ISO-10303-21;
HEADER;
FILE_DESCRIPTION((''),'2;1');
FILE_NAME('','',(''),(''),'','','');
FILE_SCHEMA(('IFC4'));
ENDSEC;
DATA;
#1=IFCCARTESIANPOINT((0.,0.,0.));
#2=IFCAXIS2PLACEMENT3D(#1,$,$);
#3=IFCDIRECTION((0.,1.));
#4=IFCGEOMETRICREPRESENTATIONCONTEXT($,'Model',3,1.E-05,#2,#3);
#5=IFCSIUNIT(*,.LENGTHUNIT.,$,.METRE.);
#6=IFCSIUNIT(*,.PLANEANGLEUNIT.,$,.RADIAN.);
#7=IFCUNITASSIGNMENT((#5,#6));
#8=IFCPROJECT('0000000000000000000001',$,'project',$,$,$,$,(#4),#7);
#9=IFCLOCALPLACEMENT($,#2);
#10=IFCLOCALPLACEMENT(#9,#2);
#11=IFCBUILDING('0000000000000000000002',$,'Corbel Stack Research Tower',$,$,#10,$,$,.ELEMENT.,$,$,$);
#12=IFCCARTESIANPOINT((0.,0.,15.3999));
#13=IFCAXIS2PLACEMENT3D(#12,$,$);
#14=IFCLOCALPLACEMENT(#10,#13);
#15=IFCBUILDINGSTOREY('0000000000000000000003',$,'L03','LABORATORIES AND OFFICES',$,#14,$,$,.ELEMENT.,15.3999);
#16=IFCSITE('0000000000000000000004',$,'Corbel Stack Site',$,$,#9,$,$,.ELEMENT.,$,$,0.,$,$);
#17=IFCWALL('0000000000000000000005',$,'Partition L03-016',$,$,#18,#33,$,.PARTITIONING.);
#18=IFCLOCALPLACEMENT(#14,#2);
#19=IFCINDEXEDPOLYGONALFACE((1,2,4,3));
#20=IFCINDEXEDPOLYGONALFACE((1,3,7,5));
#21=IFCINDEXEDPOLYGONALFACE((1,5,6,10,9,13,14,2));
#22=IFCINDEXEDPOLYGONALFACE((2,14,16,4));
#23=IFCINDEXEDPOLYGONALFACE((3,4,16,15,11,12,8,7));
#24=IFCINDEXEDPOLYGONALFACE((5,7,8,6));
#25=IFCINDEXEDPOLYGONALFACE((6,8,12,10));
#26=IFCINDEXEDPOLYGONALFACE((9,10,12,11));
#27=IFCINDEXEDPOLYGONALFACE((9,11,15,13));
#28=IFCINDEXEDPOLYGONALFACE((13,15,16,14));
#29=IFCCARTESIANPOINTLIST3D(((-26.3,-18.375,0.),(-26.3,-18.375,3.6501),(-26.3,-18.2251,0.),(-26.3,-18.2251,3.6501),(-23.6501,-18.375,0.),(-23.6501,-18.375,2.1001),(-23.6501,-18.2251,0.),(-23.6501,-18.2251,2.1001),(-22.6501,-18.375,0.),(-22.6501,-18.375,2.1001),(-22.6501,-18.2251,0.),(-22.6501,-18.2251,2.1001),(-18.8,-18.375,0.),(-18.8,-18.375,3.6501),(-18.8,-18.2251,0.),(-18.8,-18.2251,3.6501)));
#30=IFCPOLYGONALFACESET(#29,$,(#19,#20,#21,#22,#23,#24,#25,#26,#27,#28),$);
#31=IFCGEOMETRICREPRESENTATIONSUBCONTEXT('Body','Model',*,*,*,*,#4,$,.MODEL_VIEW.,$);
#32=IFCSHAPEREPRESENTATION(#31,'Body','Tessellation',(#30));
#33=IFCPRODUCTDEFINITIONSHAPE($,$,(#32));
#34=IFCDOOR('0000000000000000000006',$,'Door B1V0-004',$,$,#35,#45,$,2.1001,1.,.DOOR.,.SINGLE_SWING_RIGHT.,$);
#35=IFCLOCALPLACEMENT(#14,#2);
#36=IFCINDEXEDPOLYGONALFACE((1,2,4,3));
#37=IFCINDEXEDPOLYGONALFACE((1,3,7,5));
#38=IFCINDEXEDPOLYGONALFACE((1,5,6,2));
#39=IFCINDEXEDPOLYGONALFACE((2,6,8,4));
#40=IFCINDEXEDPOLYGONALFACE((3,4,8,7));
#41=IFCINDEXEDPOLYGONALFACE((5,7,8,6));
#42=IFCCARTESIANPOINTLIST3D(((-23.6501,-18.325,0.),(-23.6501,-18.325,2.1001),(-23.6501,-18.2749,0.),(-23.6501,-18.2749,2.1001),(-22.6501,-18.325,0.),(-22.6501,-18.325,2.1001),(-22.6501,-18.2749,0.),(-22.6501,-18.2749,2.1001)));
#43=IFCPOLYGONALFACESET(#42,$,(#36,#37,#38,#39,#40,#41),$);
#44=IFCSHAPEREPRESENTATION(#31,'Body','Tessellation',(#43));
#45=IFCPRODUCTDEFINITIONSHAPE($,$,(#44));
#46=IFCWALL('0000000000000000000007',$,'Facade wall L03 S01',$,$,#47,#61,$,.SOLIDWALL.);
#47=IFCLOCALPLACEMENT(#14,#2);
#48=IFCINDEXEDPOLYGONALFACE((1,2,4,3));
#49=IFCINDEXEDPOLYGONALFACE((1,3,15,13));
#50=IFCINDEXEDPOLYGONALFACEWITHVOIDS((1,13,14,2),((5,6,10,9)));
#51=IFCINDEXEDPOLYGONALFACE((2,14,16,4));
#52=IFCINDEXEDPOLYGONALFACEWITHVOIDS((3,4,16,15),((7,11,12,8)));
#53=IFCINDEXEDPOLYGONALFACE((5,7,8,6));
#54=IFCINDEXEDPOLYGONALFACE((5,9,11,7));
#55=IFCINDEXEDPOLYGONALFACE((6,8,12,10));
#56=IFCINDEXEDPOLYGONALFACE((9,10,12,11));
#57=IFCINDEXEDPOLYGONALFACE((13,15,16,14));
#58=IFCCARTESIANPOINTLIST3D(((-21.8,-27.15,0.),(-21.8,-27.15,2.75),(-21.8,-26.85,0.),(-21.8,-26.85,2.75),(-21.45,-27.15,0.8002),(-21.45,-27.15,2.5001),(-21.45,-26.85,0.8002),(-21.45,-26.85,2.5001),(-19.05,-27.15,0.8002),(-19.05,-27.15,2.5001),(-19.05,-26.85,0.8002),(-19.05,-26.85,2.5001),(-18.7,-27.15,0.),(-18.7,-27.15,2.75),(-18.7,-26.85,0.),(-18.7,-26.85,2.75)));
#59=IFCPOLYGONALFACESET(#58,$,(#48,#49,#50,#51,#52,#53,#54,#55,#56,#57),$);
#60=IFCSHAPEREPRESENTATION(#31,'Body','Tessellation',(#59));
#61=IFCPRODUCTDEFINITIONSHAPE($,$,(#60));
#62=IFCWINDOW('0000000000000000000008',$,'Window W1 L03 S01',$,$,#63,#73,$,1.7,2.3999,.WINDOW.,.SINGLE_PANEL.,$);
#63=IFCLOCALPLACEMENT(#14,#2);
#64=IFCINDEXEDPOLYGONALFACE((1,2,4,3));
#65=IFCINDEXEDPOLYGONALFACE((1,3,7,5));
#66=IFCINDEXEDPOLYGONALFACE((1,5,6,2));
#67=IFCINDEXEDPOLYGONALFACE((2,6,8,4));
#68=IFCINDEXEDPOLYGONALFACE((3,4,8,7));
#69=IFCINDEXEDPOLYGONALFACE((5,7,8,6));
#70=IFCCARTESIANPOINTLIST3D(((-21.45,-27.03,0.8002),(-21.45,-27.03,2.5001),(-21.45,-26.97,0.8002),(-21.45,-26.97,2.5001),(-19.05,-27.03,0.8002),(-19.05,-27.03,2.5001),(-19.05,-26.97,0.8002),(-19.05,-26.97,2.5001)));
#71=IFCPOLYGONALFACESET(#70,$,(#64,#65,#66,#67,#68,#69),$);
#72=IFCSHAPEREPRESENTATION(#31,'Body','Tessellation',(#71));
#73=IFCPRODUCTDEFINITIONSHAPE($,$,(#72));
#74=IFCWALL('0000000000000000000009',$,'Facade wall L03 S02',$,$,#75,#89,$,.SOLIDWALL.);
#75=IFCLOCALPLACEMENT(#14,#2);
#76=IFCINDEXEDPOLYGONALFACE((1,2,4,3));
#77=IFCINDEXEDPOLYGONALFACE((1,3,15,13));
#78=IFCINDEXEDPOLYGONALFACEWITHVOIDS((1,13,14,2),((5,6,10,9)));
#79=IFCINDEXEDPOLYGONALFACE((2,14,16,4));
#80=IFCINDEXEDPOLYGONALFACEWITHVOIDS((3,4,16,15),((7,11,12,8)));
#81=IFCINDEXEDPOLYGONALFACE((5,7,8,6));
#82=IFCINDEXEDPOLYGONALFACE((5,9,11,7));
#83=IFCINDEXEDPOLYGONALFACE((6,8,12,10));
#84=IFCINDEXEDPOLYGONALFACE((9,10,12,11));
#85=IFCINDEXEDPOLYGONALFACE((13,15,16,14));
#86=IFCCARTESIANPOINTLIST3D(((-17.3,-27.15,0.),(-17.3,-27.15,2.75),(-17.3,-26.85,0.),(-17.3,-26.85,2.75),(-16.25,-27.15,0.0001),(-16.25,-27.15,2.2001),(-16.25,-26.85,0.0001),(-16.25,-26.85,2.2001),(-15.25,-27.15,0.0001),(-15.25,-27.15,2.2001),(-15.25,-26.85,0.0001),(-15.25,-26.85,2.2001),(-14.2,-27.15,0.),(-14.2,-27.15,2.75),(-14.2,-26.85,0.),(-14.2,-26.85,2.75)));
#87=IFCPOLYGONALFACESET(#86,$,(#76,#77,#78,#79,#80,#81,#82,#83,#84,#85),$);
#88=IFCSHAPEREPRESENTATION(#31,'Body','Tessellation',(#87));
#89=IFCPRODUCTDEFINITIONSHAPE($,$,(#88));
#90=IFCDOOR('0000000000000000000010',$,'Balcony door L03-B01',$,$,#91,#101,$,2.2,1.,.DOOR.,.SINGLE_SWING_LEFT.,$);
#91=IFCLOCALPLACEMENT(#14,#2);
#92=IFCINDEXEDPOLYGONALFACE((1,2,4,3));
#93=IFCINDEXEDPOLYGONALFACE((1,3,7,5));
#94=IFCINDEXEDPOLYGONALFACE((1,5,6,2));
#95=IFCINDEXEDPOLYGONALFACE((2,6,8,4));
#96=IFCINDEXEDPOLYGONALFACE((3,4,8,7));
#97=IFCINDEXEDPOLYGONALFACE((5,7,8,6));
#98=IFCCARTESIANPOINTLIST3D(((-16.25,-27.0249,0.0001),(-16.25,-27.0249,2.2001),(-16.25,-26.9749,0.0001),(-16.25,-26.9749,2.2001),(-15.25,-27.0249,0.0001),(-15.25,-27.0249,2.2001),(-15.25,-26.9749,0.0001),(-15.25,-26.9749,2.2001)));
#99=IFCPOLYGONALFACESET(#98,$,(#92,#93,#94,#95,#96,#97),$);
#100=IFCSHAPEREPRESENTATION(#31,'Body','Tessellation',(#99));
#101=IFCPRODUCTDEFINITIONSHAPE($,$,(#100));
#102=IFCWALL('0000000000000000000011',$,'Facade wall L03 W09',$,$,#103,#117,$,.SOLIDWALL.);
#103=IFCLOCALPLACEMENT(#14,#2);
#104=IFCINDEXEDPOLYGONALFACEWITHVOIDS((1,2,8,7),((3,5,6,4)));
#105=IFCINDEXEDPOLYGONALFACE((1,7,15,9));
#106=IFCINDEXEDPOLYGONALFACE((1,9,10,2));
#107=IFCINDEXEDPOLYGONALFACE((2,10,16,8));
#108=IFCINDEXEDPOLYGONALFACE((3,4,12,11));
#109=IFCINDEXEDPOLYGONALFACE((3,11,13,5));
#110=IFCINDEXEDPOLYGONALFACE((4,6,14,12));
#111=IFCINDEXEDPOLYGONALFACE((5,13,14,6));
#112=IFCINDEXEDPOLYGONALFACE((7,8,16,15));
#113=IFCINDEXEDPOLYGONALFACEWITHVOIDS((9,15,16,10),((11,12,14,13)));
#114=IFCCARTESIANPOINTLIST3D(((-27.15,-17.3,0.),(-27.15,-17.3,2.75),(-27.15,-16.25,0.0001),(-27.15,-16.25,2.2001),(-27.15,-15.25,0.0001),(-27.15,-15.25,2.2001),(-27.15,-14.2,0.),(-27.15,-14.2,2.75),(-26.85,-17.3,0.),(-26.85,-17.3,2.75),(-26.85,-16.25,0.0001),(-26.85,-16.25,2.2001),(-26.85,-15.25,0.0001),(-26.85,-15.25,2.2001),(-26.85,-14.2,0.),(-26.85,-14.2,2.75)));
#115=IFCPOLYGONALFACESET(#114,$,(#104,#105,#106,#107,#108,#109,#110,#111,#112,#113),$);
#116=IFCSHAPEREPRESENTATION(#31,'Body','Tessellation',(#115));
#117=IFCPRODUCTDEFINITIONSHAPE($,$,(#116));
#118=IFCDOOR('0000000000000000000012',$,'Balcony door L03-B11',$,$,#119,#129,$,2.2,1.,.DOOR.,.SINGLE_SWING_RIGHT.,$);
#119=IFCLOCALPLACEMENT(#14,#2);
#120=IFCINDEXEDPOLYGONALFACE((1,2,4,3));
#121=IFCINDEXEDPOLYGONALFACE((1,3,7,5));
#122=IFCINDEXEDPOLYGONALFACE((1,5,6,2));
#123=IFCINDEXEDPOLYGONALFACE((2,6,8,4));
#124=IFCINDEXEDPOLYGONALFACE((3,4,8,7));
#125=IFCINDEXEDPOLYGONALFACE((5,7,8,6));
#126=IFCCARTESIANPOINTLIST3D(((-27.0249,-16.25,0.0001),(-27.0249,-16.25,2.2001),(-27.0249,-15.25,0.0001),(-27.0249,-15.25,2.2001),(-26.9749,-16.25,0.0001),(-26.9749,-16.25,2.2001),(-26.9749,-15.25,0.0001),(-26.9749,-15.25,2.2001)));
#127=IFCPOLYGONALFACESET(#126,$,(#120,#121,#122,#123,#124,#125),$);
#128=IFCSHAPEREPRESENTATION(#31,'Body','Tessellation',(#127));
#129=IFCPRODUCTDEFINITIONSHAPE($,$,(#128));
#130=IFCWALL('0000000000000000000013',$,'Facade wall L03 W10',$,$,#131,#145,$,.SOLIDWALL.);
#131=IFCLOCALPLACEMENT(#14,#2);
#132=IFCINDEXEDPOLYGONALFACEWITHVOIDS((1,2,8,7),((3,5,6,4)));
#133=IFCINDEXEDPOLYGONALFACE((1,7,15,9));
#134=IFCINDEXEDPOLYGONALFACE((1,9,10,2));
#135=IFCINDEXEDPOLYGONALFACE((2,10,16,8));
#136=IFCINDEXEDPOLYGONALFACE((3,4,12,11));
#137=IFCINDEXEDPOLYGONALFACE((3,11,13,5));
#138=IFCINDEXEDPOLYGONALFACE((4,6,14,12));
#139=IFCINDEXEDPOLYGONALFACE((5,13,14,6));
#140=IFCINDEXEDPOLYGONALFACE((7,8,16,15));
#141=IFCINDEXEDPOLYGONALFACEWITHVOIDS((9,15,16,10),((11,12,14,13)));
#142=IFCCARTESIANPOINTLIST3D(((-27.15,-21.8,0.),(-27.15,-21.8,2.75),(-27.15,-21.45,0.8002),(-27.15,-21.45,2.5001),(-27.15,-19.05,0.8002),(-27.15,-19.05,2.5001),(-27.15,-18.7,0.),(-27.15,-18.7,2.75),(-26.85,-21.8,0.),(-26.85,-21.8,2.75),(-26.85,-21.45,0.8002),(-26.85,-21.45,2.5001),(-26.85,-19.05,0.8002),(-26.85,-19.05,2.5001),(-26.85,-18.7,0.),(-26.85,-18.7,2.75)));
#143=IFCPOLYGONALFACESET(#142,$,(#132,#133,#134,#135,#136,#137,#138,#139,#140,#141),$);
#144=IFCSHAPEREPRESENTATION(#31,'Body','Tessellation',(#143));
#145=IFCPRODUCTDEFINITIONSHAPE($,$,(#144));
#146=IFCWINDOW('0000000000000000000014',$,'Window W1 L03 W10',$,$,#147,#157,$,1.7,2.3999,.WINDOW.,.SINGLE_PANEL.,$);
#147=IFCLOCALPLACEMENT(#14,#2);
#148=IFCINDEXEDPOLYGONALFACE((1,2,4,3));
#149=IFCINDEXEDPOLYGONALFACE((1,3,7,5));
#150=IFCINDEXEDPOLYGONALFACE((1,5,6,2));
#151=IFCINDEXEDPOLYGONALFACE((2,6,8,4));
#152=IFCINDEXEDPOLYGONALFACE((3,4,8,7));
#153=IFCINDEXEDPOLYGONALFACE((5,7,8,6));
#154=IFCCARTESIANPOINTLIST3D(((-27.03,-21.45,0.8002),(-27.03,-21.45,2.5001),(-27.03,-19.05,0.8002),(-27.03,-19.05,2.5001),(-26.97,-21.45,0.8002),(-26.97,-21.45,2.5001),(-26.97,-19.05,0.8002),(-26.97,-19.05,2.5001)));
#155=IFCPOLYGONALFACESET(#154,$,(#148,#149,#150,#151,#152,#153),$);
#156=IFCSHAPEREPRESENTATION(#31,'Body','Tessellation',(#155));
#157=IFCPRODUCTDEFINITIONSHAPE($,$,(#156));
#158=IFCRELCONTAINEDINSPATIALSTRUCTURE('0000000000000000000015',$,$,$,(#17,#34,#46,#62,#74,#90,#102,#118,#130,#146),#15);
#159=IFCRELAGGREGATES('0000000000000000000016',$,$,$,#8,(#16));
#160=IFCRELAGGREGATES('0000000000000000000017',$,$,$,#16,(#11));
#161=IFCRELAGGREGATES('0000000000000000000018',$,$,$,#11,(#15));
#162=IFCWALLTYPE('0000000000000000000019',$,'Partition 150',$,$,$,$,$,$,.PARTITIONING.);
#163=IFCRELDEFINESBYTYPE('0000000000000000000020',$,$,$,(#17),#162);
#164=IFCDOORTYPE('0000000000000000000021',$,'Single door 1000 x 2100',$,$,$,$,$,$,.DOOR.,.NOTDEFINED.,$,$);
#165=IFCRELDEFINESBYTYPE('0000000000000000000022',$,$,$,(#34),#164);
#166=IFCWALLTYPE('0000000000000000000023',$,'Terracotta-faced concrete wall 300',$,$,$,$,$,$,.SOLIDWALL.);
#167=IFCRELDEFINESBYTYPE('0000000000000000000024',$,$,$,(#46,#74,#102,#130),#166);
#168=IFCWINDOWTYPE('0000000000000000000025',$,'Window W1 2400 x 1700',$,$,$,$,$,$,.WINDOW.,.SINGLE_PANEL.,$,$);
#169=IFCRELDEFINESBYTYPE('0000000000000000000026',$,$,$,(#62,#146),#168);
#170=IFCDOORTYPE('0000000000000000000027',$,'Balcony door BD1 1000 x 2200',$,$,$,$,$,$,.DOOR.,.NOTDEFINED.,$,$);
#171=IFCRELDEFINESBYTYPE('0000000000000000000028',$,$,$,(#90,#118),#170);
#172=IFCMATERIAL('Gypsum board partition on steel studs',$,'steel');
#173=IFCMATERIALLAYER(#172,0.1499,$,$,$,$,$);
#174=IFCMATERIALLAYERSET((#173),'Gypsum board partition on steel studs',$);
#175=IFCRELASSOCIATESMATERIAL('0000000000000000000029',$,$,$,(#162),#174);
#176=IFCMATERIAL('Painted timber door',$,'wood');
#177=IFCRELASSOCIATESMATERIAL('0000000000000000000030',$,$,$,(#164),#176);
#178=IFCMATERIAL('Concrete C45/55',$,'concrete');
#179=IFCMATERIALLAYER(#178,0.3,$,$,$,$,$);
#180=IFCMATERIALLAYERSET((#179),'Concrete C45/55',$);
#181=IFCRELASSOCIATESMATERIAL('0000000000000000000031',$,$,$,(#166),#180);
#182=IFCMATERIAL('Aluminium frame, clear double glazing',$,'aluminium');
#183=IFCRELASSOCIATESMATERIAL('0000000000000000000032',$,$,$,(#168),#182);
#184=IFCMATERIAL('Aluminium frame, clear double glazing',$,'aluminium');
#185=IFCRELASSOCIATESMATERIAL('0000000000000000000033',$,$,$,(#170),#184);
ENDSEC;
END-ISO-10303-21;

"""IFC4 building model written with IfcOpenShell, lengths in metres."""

from ifc_helpers import new_model, si_unit, direction, frame, frame_2d, origin, place, context, subcontext, project, spatial, rectangle, extrude, material, layer, layer_set, type_object, element, fill, save


model = new_model("IFC4")

# Units and contexts
model_context = context("Model", 3, precision=1e-05, world=origin(), true_north=direction((0.0, 1.0)))
body_context = subcontext(model_context, "Body", "Model", "MODEL_VIEW")
ifc_project = project(units=[si_unit("LENGTHUNIT", "METRE"), si_unit("PLANEANGLEUNIT", "RADIAN")], contexts=[model_context])

# Site, building, storey
site_placement = place(None, origin())
site = spatial("IfcSite", under=ifc_project, at=site_placement, Name="Corbel Stack Site", CompositionType="ELEMENT", RefElevation=0.0)
building_placement = place(site_placement, origin())
building = spatial("IfcBuilding", under=site, at=building_placement, Name="Corbel Stack Research Tower", CompositionType="ELEMENT")
storey_placement = place(building_placement, frame((0.0, 0.0, 15.3999)))
storey = spatial("IfcBuildingStorey", under=building, at=storey_placement, Name="L03", Description="LABORATORIES AND OFFICES", CompositionType="ELEMENT", Elevation=15.3999)

# Wall, opening, door
ifc_material_1 = material(Name="Gypsum board partition on steel studs", Category="steel")
ifc_layer_1 = layer(ifc_material_1, 0.1499)
ifc_layer_set_1 = layer_set([ifc_layer_1], Name="Gypsum board partition on steel studs")
wall_type_1 = type_object("IfcWallType", Name="Partition 150", PredefinedType="PARTITIONING", material=ifc_layer_set_1)
wall_1_placement = place(storey_placement, frame((-18.8, -18.3, 0.0), z_axis=(0.0, 0.0, 1.0), x_axis=(-1.0, 0.0, 0.0)))
wall_1 = element("IfcWall", 1, at=wall_1_placement, inside=storey, type_object=wall_type_1, Name="Partition L03-016", PredefinedType="PARTITIONING", context=body_context, shape_type="SweptSolid", body=[
    extrude(rectangle(XDim=7.5, YDim=0.1499, at=frame_2d((3.75, 0.0))), origin(), (0.0, 0.0, 1.0), 3.6501),
])
opening_1_placement = place(wall_1_placement, frame((3.8501, 0.0, 0.0)))
opening_1 = element("IfcOpeningElement", 2, at=opening_1_placement, cuts=wall_1, PredefinedType="OPENING", context=body_context, shape_type="SweptSolid", body=[
    extrude(rectangle(XDim=1.0, YDim=2.1001, at=frame_2d((0.5, 1.05))), frame((0.0, 0.085, 0.0), z_axis=(0.0, -1.0, 0.0), x_axis=(1.0, 0.0, 0.0)), (0.0, 0.0, 1.0), 0.1699),
])
ifc_material_2 = material(Name="Painted timber door", Category="wood")
door_type_1 = type_object("IfcDoorType", Name="Single door 1000 x 2100", OperationType="NOTDEFINED", PredefinedType="DOOR", material=ifc_material_2)
door_1_placement = place(opening_1_placement, origin())
door_1 = element("IfcDoor", 3, at=door_1_placement, inside=storey, type_object=door_type_1, Name="Door B1V0-004", OperationType="SINGLE_SWING_RIGHT", OverallHeight=2.1001, OverallWidth=1.0, PredefinedType="DOOR", context=body_context, shape_type="SweptSolid", body=[
    extrude(rectangle(XDim=1.0, YDim=2.1001, at=frame_2d((0.5, 1.05))), frame((0.0, 0.0249, 0.0), z_axis=(0.0, -1.0, 0.0), x_axis=(1.0, 0.0, 0.0)), (0.0, 0.0, 1.0), 0.05),
])
fill(opening_1, door_1)

# Wall, opening, window
ifc_material_3 = material(Name="Concrete C45/55", Category="concrete")
ifc_layer_2 = layer(ifc_material_3, 0.3)
ifc_layer_set_2 = layer_set([ifc_layer_2], Name="Concrete C45/55")
wall_type_2 = type_object("IfcWallType", Name="Terracotta-faced concrete wall 300", PredefinedType="SOLIDWALL", material=ifc_layer_set_2)
wall_2_placement = place(storey_placement, frame((-18.7, -27.0, 0.0), z_axis=(0.0, 0.0, 1.0), x_axis=(-1.0, 0.0, 0.0)))
wall_2 = element("IfcWall", 4, at=wall_2_placement, inside=storey, type_object=wall_type_2, Name="Facade wall L03 S01", PredefinedType="SOLIDWALL", context=body_context, shape_type="SweptSolid", body=[
    extrude(rectangle(XDim=3.1001, YDim=0.3, at=frame_2d((1.55, 0.0))), origin(), (0.0, 0.0, 1.0), 2.75),
])
opening_2_placement = place(wall_2_placement, frame((0.3501, 0.0, 0.8)))
opening_2 = element("IfcOpeningElement", 5, at=opening_2_placement, cuts=wall_2, PredefinedType="OPENING", context=body_context, shape_type="SweptSolid", body=[
    extrude(rectangle(XDim=2.3999, YDim=1.7, at=frame_2d((1.2, 0.8501))), frame((0.0, 0.1599, 0.0), z_axis=(0.0, -1.0, 0.0), x_axis=(1.0, 0.0, 0.0)), (0.0, 0.0, 1.0), 0.3201),
])
ifc_material_4 = material(Name="Aluminium frame, clear double glazing", Category="aluminium")
window_type = type_object("IfcWindowType", Name="Window W1 2400 x 1700", PartitioningType="SINGLE_PANEL", PredefinedType="WINDOW", material=ifc_material_4)
window_1_placement = place(opening_2_placement, origin())
window_1 = element("IfcWindow", 6, at=window_1_placement, inside=storey, type_object=window_type, Name="Window W1 L03 S01", OverallHeight=1.7, OverallWidth=2.3999, PartitioningType="SINGLE_PANEL", PredefinedType="WINDOW", context=body_context, shape_type="SweptSolid", body=[
    extrude(rectangle(XDim=2.3999, YDim=1.7, at=frame_2d((1.2, 0.8501))), frame((0.0, 0.03, 0.0), z_axis=(0.0, -1.0, 0.0), x_axis=(1.0, 0.0, 0.0)), (0.0, 0.0, 1.0), 0.0601),
])
fill(opening_2, window_1)

# Walls, openings, doors
wall_3_placement = place(storey_placement, frame((-14.2, -27.0, 0.0), z_axis=(0.0, 0.0, 1.0), x_axis=(-1.0, 0.0, 0.0)))
wall_3 = element("IfcWall", 7, at=wall_3_placement, inside=storey, type_object=wall_type_2, Name="Facade wall L03 S02", PredefinedType="SOLIDWALL", context=body_context, shape_type="SweptSolid", body=[
    extrude(rectangle(XDim=3.1001, YDim=0.3, at=frame_2d((1.55, 0.0))), origin(), (0.0, 0.0, 1.0), 2.75),
])
opening_3_placement = place(wall_3_placement, frame((1.05, 0.0, 0.0)))
opening_3 = element("IfcOpeningElement", 8, at=opening_3_placement, cuts=wall_3, PredefinedType="OPENING", context=body_context, shape_type="SweptSolid", body=[
    extrude(rectangle(XDim=1.0, YDim=2.2, at=frame_2d((0.5, 1.1001))), frame((0.0, 0.1599, 0.0), z_axis=(0.0, -1.0, 0.0), x_axis=(1.0, 0.0, 0.0)), (0.0, 0.0, 1.0), 0.3201),
])
ifc_material_5 = material(Name="Aluminium frame, clear double glazing", Category="aluminium")
door_type_2 = type_object("IfcDoorType", Name="Balcony door BD1 1000 x 2200", OperationType="NOTDEFINED", PredefinedType="DOOR", material=ifc_material_5)
door_2_placement = place(opening_3_placement, origin())
door_2 = element("IfcDoor", 9, at=door_2_placement, inside=storey, type_object=door_type_2, Name="Balcony door L03-B01", OperationType="SINGLE_SWING_LEFT", OverallHeight=2.2, OverallWidth=1.0, PredefinedType="DOOR", context=body_context, shape_type="SweptSolid", body=[
    extrude(rectangle(XDim=1.0, YDim=2.2, at=frame_2d((0.5, 1.1001))), frame((0.0, 0.0249, 0.0), z_axis=(0.0, -1.0, 0.0), x_axis=(1.0, 0.0, 0.0)), (0.0, 0.0, 1.0), 0.05),
])
fill(opening_3, door_2)
wall_4_placement = place(storey_placement, frame((-27.0, -17.3, 0.0), z_axis=(0.0, 0.0, 1.0), x_axis=(0.0, 1.0, 0.0)))
wall_4 = element("IfcWall", 10, at=wall_4_placement, inside=storey, type_object=wall_type_2, Name="Facade wall L03 W09", PredefinedType="SOLIDWALL", context=body_context, shape_type="SweptSolid", body=[
    extrude(rectangle(XDim=3.1001, YDim=0.3, at=frame_2d((1.55, 0.0))), origin(), (0.0, 0.0, 1.0), 2.75),
])
opening_4_placement = place(wall_4_placement, frame((1.05, 0.0, 0.0)))
opening_4 = element("IfcOpeningElement", 11, at=opening_4_placement, cuts=wall_4, PredefinedType="OPENING", context=body_context, shape_type="SweptSolid", body=[
    extrude(rectangle(XDim=1.0, YDim=2.2, at=frame_2d((0.5, 1.1001))), frame((0.0, 0.1599, 0.0), z_axis=(0.0, -1.0, 0.0), x_axis=(1.0, 0.0, 0.0)), (0.0, 0.0, 1.0), 0.3201),
])
door_3_placement = place(opening_4_placement, origin())
door_3 = element("IfcDoor", 12, at=door_3_placement, inside=storey, type_object=door_type_2, Name="Balcony door L03-B11", OperationType="SINGLE_SWING_RIGHT", OverallHeight=2.2, OverallWidth=1.0, PredefinedType="DOOR", context=body_context, shape_type="SweptSolid", body=[
    extrude(rectangle(XDim=1.0, YDim=2.2, at=frame_2d((0.5, 1.1001))), frame((0.0, 0.0249, 0.0), z_axis=(0.0, -1.0, 0.0), x_axis=(1.0, 0.0, 0.0)), (0.0, 0.0, 1.0), 0.05),
])
fill(opening_4, door_3)

# Wall, opening, window
wall_5_placement = place(storey_placement, frame((-27.0, -21.8, 0.0), z_axis=(0.0, 0.0, 1.0), x_axis=(0.0, 1.0, 0.0)))
wall_5 = element("IfcWall", 13, at=wall_5_placement, inside=storey, type_object=wall_type_2, Name="Facade wall L03 W10", PredefinedType="SOLIDWALL", context=body_context, shape_type="SweptSolid", body=[
    extrude(rectangle(XDim=3.1001, YDim=0.3, at=frame_2d((1.55, 0.0))), origin(), (0.0, 0.0, 1.0), 2.75),
])
opening_5_placement = place(wall_5_placement, frame((0.3501, 0.0, 0.8)))
opening_5 = element("IfcOpeningElement", 14, at=opening_5_placement, cuts=wall_5, PredefinedType="OPENING", context=body_context, shape_type="SweptSolid", body=[
    extrude(rectangle(XDim=2.3999, YDim=1.7, at=frame_2d((1.2, 0.8501))), frame((0.0, 0.1599, 0.0), z_axis=(0.0, -1.0, 0.0), x_axis=(1.0, 0.0, 0.0)), (0.0, 0.0, 1.0), 0.3201),
])
window_2_placement = place(opening_5_placement, origin())
window_2 = element("IfcWindow", 15, at=window_2_placement, inside=storey, type_object=window_type, Name="Window W1 L03 W10", OverallHeight=1.7, OverallWidth=2.3999, PartitioningType="SINGLE_PANEL", PredefinedType="WINDOW", context=body_context, shape_type="SweptSolid", body=[
    extrude(rectangle(XDim=2.3999, YDim=1.7, at=frame_2d((1.2, 0.8501))), frame((0.0, 0.03, 0.0), z_axis=(0.0, -1.0, 0.0), x_axis=(1.0, 0.0, 0.0)), (0.0, 0.0, 1.0), 0.0601),
])
fill(opening_5, window_2)

save(model, "model.ifc")
